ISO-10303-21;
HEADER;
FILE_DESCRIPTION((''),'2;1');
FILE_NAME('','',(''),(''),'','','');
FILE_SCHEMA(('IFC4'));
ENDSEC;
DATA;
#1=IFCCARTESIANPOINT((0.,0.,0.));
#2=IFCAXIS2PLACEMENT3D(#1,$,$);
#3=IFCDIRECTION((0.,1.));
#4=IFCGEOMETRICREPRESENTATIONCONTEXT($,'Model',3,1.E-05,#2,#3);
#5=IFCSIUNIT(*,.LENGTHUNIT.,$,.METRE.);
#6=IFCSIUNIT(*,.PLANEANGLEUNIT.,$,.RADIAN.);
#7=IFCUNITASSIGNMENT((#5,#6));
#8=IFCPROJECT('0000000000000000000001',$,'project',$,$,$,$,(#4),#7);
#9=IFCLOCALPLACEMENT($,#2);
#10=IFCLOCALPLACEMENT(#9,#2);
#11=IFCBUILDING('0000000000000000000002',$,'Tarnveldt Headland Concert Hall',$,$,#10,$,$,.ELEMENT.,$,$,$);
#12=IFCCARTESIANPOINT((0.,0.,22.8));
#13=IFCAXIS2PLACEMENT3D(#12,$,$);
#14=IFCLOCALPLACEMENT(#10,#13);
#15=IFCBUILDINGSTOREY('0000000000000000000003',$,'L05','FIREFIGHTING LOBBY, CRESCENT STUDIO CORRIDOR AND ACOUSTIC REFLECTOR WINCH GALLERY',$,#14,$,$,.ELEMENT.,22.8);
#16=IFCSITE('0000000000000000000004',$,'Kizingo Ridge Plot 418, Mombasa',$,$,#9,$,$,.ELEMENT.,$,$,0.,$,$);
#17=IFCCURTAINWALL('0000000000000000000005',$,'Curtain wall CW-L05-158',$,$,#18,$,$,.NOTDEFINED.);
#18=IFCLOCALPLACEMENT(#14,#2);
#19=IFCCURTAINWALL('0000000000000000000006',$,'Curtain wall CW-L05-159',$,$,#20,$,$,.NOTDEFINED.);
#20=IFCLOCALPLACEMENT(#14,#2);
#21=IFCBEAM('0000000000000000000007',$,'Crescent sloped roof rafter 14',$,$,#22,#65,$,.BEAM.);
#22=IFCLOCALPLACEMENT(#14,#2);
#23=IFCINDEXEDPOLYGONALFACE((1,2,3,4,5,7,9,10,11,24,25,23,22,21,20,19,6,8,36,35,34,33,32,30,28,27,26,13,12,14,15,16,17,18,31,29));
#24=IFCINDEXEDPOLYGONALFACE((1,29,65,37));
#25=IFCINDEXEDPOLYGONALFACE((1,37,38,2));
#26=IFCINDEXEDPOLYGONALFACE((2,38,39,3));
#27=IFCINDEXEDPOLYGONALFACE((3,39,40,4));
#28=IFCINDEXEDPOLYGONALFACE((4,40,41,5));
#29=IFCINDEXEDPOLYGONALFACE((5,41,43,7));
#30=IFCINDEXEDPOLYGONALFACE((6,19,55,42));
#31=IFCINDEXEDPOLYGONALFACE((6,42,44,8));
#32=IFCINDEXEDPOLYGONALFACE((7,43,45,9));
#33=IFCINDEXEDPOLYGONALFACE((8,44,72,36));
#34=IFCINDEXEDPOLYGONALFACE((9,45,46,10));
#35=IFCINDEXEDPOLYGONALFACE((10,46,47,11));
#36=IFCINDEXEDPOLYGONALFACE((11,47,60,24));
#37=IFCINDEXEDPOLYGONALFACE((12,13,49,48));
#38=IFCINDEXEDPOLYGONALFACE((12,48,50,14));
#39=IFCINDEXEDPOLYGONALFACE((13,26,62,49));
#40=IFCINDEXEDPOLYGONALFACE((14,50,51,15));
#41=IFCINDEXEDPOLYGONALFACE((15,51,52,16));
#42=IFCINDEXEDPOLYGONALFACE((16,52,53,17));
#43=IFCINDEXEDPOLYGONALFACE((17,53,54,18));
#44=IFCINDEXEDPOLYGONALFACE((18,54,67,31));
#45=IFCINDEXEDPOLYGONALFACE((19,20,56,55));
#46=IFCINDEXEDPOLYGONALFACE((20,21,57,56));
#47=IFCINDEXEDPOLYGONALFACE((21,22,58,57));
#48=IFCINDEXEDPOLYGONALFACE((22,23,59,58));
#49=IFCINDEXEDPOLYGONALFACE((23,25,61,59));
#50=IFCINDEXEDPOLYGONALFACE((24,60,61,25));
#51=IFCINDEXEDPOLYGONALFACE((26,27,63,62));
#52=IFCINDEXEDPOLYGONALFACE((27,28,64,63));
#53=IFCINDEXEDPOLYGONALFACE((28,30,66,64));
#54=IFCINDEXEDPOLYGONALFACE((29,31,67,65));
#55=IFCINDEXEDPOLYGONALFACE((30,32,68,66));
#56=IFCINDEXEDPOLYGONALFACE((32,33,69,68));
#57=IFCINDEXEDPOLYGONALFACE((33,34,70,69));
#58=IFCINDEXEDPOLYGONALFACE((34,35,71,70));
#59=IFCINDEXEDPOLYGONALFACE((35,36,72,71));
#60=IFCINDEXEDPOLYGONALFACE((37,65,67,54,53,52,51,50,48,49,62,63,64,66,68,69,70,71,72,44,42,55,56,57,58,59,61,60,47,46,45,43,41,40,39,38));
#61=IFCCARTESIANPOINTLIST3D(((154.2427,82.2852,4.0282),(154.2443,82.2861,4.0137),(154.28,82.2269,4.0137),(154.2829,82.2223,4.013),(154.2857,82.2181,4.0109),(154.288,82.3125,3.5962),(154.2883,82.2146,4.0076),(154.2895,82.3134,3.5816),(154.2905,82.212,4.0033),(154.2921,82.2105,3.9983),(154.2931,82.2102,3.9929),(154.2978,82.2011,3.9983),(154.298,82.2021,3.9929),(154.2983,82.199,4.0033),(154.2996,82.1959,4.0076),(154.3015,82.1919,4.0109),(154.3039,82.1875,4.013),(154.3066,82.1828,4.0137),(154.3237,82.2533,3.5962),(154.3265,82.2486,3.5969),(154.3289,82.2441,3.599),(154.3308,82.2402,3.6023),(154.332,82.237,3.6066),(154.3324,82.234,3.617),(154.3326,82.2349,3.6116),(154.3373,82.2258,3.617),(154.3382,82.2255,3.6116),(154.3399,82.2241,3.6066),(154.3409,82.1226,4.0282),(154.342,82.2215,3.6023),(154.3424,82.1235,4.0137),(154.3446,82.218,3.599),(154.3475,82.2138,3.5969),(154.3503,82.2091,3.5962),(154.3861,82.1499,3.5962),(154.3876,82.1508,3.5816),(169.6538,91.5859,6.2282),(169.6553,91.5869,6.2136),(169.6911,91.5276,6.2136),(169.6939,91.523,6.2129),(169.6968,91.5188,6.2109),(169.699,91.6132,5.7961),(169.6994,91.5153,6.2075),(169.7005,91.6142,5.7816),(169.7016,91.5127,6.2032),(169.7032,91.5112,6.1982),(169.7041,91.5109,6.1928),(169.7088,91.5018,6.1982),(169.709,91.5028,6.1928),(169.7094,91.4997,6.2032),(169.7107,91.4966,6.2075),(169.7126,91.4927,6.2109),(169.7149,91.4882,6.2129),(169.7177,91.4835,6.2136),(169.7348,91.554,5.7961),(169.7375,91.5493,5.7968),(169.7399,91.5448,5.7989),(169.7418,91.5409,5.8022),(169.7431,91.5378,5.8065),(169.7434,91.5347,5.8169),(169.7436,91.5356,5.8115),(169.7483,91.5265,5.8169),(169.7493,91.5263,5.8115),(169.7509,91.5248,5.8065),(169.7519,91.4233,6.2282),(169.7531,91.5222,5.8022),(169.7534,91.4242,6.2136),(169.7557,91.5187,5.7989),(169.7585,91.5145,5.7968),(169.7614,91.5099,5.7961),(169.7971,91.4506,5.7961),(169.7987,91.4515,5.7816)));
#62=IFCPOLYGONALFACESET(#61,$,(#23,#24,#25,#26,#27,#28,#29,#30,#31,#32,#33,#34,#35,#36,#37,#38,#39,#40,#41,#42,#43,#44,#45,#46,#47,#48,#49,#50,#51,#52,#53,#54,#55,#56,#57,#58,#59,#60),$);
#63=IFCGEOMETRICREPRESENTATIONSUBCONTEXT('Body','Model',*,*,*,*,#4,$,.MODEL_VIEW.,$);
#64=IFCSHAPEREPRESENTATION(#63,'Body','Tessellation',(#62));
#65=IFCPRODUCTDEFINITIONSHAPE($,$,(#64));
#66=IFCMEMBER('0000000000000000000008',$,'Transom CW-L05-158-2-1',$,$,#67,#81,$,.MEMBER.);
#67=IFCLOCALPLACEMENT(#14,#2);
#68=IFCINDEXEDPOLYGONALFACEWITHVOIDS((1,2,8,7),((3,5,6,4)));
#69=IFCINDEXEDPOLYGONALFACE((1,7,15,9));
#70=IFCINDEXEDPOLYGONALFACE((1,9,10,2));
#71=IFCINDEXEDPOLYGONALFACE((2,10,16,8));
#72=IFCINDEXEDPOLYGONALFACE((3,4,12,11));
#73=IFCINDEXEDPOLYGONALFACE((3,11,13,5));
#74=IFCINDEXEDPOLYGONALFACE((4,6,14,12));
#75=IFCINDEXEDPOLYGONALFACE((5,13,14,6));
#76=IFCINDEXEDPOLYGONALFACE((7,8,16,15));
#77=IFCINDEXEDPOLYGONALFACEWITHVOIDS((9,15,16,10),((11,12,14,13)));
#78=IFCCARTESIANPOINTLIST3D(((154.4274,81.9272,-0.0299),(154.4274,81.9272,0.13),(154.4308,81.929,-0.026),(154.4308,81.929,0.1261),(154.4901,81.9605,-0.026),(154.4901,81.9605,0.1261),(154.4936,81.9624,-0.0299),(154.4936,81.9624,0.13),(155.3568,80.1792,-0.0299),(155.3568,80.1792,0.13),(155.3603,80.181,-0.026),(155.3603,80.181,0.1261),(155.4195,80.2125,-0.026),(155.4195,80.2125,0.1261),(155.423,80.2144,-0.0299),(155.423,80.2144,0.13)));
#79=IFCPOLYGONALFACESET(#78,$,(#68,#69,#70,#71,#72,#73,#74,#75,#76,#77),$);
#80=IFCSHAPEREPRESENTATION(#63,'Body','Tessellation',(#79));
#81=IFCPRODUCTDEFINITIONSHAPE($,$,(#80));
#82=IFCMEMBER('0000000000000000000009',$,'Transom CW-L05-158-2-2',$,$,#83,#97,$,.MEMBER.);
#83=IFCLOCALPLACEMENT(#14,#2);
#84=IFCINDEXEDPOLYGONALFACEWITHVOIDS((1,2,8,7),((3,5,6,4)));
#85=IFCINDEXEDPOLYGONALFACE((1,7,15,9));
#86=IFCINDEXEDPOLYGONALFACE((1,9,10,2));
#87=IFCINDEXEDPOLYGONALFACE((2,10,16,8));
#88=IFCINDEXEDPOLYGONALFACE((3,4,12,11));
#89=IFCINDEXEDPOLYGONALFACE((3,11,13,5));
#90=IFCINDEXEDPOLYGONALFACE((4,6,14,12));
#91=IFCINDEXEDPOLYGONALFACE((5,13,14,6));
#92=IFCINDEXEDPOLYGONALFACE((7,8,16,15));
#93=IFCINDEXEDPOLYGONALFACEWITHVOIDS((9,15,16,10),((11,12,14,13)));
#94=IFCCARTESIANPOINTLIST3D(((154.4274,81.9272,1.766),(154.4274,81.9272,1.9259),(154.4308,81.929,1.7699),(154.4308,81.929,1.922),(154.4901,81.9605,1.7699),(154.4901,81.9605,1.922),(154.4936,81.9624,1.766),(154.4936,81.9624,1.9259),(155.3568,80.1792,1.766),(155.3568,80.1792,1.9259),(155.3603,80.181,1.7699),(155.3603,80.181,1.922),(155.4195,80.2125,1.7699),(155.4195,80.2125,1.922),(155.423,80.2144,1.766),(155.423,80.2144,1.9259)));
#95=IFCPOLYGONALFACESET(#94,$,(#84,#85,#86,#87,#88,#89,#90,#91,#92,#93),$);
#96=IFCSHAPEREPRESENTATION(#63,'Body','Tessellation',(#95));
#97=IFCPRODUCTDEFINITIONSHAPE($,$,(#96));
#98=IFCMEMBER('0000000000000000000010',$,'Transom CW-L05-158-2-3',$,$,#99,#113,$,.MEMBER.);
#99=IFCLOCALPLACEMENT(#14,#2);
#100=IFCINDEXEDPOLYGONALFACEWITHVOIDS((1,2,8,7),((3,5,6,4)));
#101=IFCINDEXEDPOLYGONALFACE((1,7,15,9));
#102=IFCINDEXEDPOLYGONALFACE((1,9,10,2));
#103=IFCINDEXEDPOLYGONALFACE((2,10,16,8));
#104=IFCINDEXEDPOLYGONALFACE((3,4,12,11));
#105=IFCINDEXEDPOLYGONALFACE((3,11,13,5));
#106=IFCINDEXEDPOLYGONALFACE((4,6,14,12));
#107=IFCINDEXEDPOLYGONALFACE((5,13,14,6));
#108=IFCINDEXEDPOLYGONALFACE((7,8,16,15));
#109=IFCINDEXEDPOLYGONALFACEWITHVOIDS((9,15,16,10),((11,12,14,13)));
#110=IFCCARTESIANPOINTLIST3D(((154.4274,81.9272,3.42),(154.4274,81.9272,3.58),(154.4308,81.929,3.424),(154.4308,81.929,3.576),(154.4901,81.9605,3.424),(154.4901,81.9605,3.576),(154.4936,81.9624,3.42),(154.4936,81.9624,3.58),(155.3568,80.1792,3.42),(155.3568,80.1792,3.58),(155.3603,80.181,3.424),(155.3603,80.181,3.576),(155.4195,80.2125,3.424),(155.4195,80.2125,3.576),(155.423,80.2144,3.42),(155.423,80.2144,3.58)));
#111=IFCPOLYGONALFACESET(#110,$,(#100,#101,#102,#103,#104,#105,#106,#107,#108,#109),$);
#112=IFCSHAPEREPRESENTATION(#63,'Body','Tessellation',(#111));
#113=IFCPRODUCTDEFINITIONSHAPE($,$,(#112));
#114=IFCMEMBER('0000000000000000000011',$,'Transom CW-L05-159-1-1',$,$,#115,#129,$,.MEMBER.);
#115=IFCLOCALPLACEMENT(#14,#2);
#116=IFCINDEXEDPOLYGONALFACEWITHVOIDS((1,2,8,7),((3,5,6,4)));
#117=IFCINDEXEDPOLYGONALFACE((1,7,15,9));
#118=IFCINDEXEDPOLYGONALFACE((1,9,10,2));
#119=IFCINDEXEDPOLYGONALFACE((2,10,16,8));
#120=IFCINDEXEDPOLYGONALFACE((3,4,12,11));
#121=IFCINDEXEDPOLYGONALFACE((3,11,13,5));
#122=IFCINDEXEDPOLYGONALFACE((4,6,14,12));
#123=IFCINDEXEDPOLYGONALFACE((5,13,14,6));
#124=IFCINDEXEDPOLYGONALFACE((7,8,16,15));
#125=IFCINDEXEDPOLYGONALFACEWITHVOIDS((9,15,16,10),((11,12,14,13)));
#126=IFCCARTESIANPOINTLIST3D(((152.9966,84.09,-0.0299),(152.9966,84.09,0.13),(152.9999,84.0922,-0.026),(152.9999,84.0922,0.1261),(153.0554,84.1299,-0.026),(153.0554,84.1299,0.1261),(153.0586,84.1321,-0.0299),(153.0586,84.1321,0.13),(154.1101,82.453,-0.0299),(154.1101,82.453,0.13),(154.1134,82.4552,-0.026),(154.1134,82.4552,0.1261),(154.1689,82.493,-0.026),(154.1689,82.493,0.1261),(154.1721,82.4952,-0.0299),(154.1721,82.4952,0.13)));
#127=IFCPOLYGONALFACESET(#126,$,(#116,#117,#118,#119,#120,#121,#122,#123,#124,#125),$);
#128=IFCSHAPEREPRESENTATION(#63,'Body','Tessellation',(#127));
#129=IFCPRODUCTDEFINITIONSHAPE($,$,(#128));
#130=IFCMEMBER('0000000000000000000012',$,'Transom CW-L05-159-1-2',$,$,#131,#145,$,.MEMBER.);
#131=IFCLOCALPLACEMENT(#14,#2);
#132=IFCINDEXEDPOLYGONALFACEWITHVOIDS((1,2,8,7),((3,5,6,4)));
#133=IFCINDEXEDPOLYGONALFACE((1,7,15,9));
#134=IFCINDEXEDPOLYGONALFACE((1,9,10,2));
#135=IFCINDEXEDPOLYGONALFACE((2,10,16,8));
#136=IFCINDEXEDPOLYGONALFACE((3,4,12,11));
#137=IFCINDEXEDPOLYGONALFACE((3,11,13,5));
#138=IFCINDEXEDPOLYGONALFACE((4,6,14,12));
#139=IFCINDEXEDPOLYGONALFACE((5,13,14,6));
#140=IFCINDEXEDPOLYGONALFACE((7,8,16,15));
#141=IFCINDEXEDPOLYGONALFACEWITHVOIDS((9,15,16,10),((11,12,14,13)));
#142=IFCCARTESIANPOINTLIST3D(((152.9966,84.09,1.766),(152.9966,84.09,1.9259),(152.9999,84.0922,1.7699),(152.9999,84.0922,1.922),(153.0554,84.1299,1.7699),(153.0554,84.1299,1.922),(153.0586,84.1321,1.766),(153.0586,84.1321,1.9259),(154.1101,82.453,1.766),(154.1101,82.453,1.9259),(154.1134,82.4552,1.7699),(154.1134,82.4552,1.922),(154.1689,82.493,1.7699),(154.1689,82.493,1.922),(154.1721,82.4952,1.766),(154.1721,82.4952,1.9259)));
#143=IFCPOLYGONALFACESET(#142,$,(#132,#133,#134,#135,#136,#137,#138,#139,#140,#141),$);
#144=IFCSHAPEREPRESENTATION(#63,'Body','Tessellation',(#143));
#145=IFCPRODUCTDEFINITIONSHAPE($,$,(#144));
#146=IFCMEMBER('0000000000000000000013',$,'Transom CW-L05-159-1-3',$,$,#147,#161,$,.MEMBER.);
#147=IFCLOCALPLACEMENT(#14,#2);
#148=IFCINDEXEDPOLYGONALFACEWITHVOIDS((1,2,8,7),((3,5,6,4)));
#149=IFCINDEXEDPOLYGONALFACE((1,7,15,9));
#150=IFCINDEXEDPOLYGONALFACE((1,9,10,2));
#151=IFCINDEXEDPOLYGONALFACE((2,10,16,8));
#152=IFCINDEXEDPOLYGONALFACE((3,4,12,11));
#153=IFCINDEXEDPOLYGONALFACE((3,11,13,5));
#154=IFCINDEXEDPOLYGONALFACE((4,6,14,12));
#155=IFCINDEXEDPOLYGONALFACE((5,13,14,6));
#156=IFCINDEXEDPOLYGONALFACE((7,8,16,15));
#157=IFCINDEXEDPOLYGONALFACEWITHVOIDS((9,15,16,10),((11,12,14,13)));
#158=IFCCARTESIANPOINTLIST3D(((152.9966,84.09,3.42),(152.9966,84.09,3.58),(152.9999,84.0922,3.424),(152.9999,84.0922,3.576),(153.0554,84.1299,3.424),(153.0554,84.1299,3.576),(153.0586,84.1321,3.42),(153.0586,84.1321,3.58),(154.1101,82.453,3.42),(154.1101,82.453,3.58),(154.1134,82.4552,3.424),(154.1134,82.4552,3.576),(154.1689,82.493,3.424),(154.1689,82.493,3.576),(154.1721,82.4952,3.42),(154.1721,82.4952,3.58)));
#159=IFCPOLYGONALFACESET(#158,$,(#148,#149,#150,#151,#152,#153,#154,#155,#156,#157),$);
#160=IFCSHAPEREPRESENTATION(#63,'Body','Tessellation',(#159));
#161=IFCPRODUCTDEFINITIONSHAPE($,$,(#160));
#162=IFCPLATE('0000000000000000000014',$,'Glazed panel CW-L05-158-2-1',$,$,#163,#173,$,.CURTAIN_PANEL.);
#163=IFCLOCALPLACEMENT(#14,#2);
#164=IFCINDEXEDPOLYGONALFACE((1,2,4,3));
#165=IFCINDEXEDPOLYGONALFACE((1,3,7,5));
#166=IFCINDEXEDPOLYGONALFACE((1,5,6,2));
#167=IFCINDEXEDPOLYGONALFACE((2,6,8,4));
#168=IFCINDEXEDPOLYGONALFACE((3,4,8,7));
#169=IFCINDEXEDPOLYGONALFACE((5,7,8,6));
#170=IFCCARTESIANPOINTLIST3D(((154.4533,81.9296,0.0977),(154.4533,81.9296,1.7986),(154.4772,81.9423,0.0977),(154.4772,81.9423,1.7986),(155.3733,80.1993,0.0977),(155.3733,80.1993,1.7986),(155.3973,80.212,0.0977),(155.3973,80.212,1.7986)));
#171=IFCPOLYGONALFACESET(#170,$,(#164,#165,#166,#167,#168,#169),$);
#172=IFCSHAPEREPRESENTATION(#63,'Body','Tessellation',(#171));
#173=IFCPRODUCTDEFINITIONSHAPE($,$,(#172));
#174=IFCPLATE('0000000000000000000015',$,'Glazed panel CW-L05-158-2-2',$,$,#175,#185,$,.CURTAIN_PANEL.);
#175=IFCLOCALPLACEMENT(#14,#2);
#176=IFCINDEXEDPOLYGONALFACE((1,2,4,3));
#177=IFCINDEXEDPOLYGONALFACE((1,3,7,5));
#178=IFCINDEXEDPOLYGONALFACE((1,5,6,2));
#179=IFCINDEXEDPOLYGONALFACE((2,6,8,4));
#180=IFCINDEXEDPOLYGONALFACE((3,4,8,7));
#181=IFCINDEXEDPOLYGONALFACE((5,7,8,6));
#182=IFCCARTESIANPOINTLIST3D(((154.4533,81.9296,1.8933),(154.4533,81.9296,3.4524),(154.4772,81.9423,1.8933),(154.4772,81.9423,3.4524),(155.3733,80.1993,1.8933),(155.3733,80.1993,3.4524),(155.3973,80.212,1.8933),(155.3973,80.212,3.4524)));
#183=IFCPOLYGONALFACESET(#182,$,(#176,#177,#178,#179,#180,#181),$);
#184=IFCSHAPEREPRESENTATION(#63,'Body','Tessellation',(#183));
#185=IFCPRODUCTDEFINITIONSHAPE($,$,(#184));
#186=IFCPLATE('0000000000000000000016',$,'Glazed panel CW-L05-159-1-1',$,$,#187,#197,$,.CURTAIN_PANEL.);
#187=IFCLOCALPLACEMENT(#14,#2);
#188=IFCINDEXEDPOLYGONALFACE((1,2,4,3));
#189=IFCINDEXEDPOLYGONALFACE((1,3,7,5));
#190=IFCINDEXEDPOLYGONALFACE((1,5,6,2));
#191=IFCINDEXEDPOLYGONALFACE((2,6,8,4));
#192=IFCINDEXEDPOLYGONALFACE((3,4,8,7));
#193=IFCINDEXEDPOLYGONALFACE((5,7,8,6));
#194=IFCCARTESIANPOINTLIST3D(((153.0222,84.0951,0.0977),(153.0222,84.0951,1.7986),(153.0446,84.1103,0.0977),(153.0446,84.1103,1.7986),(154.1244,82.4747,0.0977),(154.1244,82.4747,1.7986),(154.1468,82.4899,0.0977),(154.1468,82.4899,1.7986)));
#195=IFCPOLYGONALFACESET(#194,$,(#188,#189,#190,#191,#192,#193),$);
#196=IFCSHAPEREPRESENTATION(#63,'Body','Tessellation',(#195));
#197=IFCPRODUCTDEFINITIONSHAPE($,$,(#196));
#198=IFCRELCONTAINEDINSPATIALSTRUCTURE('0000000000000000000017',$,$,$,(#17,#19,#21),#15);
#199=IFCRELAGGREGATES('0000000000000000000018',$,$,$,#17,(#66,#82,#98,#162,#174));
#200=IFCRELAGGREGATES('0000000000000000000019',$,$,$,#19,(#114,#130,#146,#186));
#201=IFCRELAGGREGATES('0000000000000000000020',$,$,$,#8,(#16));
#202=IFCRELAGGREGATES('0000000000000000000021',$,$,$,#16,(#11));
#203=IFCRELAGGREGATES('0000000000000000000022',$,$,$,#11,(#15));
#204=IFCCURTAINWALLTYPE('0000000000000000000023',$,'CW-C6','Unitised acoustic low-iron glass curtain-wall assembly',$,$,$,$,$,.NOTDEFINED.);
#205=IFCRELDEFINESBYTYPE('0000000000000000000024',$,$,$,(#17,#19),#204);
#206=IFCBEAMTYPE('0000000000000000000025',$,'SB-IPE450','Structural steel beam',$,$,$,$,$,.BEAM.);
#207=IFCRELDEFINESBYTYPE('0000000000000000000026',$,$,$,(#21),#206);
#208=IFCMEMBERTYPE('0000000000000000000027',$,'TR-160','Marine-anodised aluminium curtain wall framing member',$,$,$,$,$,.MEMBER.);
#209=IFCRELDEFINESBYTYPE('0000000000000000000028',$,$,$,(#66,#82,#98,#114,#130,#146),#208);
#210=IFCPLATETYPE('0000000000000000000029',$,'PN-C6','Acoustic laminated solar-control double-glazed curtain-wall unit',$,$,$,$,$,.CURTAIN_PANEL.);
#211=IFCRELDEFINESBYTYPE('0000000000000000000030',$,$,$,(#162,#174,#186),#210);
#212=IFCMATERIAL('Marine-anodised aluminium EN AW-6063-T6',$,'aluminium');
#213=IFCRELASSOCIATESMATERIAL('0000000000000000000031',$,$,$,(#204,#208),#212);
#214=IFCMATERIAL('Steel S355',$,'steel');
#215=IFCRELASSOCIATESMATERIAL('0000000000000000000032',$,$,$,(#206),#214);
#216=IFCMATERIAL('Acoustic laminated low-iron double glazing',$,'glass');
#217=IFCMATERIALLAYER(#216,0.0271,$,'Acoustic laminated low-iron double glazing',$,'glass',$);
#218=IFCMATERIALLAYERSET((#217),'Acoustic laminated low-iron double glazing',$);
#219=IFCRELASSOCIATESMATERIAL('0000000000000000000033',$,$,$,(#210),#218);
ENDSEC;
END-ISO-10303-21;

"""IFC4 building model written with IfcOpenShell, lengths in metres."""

from ifc_helpers import new_model, si_unit, direction, frame, origin, origin_2d, place, context, subcontext, project, spatial, rectangle, hollow_rectangle, i_section, extrude, material, layer, layer_set, material_profile, profile_set, type_object, element, aggregate, save


model = new_model("IFC4")

# Units and contexts
model_context = context("Model", 3, precision=1e-05, world=origin(), true_north=direction((0.0, 1.0)))
body_context = subcontext(model_context, "Body", "Model", "MODEL_VIEW")
ifc_project = project(units=[si_unit("LENGTHUNIT", "METRE"), si_unit("PLANEANGLEUNIT", "RADIAN")], contexts=[model_context])

# Site, building, storey
site_placement = place(None, origin())
site = spatial("IfcSite", under=ifc_project, at=site_placement, Name="Kizingo Ridge Plot 418, Mombasa", CompositionType="ELEMENT", RefElevation=0.0)
building_placement = place(site_placement, origin())
building = spatial("IfcBuilding", under=site, at=building_placement, Name="Tarnveldt Headland Concert Hall", CompositionType="ELEMENT")
storey_placement = place(building_placement, frame((0.0, 0.0, 22.8)))
storey = spatial("IfcBuildingStorey", under=building, at=storey_placement, Name="L05", Description="FIREFIGHTING LOBBY, CRESCENT STUDIO CORRIDOR AND ACOUSTIC REFLECTOR WINCH GALLERY", CompositionType="ELEMENT", Elevation=22.8)

# Shared definitions
ifc_material_1 = material(Name="Steel S355", Category="steel")

# Curtain walls
ifc_material_2 = material(Name="Marine-anodised aluminium EN AW-6063-T6", Category="aluminium")
curtain_wall_type = type_object("IfcCurtainWallType", Name="CW-C6", Description="Unitised acoustic low-iron glass curtain-wall assembly", PredefinedType="NOTDEFINED", material=ifc_material_2)
curtain_wall_1_placement = place(storey_placement, origin())
curtain_wall_1 = element("IfcCurtainWall", 1, at=curtain_wall_1_placement, inside=storey, type_object=curtain_wall_type, Name="Curtain wall CW-L05-158", PredefinedType="NOTDEFINED")
curtain_wall_2_placement = place(storey_placement, origin())
curtain_wall_2 = element("IfcCurtainWall", 2, at=curtain_wall_2_placement, inside=storey, type_object=curtain_wall_type, Name="Curtain wall CW-L05-159", PredefinedType="NOTDEFINED")

# Beam
ifc_material_profile_1 = material_profile(ifc_material_1, i_section(OverallWidth=0.1899, OverallDepth=0.45, WebThickness=0.0095, FlangeThickness=0.0146, FilletRadius=0.021, at=origin_2d()), Name="IPE450", Category="steel")
ifc_profile_set_1 = profile_set([ifc_material_profile_1], Name="Steel S355")
beam_type_1 = type_object("IfcBeamType", Name="SB-IPE450", Description="Structural steel beam", PredefinedType="BEAM", material=ifc_profile_set_1)
beam_1_placement = place(storey_placement, frame((154.3152, 82.218, 3.8049), z_axis=(0.84984, 0.512888, 0.121315), x_axis=(-0.516704, 0.856164, 0.0)))
element("IfcBeam", 3, at=beam_1_placement, inside=storey, type_object=beam_type_1, Name="Crescent sloped roof rafter 14", PredefinedType="BEAM", context=body_context, shape_type="SweptSolid", body=[
    extrude(i_section(OverallWidth=0.1899, OverallDepth=0.45, WebThickness=0.0095, FlangeThickness=0.0146, FilletRadius=0.021, at=origin_2d()), origin(), (0.0, 0.0, 1.0), 18.134),
])

# Members
ifc_material_profile_2 = material_profile(ifc_material_2, hollow_rectangle(XDim=0.075, YDim=0.1599, WallThickness=0.0039, at=origin_2d()), Name="ALU TRANSOM 75x160x4", Category="aluminium")
ifc_profile_set_2 = profile_set([ifc_material_profile_2], Name="Marine-anodised aluminium EN AW-6063-T6")
member_type_1 = type_object("IfcMemberType", Name="TR-160", Description="Marine-anodised aluminium curtain wall framing member", PredefinedType="MEMBER", material=ifc_profile_set_2)
member_1_placement = place(storey_placement, frame((155.3899, 80.1968, 0.05), z_axis=(-0.469468, 0.88295, 0.0), x_axis=(-0.88295, -0.469468, 0.0)))
member_1 = element("IfcMember", 4, at=member_1_placement, type_object=member_type_1, Name="Transom CW-L05-158-2-1", PredefinedType="MEMBER", context=body_context, shape_type="SweptSolid", body=[
    extrude(hollow_rectangle(XDim=0.075, YDim=0.1599, WallThickness=0.0039, at=origin_2d()), origin(), (0.0, 0.0, 1.0), 1.9797),
])
member_2_placement = place(storey_placement, frame((155.3899, 80.1968, 1.8459), z_axis=(-0.469468, 0.88295, 0.0), x_axis=(-0.88295, -0.469468, 0.0)))
member_2 = element("IfcMember", 5, at=member_2_placement, type_object=member_type_1, Name="Transom CW-L05-158-2-2", PredefinedType="MEMBER", context=body_context, shape_type="SweptSolid", body=[
    extrude(hollow_rectangle(XDim=0.075, YDim=0.1599, WallThickness=0.0039, at=origin_2d()), origin(), (0.0, 0.0, 1.0), 1.9797),
])
member_3_placement = place(storey_placement, frame((155.3899, 80.1968, 3.5), z_axis=(-0.469468, 0.88295, 0.0), x_axis=(-0.88295, -0.469468, 0.0)))
member_3 = element("IfcMember", 6, at=member_3_placement, type_object=member_type_1, Name="Transom CW-L05-158-2-3", PredefinedType="MEMBER", context=body_context, shape_type="SweptSolid", body=[
    extrude(hollow_rectangle(XDim=0.075, YDim=0.1599, WallThickness=0.0039, at=origin_2d()), origin(), (0.0, 0.0, 1.0), 1.9797),
])
member_4_placement = place(storey_placement, frame((154.1411, 82.4741, 0.05), z_axis=(-0.562445, 0.826835, 0.0), x_axis=(-0.826835, -0.562445, 0.0)))
member_4 = element("IfcMember", 7, at=member_4_placement, type_object=member_type_1, Name="Transom CW-L05-159-1-1", PredefinedType="MEMBER", context=body_context, shape_type="SweptSolid", body=[
    extrude(hollow_rectangle(XDim=0.075, YDim=0.1599, WallThickness=0.0039, at=origin_2d()), origin(), (0.0, 0.0, 1.0), 1.9797),
])
member_5_placement = place(storey_placement, frame((154.1411, 82.4741, 1.8459), z_axis=(-0.562445, 0.826835, 0.0), x_axis=(-0.826835, -0.562445, 0.0)))
member_5 = element("IfcMember", 8, at=member_5_placement, type_object=member_type_1, Name="Transom CW-L05-159-1-2", PredefinedType="MEMBER", context=body_context, shape_type="SweptSolid", body=[
    extrude(hollow_rectangle(XDim=0.075, YDim=0.1599, WallThickness=0.0039, at=origin_2d()), origin(), (0.0, 0.0, 1.0), 1.9797),
])
member_6_placement = place(storey_placement, frame((154.1411, 82.4741, 3.5), z_axis=(-0.562445, 0.826835, 0.0), x_axis=(-0.826835, -0.562445, 0.0)))
member_6 = element("IfcMember", 9, at=member_6_placement, type_object=member_type_1, Name="Transom CW-L05-159-1-3", PredefinedType="MEMBER", context=body_context, shape_type="SweptSolid", body=[
    extrude(hollow_rectangle(XDim=0.075, YDim=0.1599, WallThickness=0.0039, at=origin_2d()), origin(), (0.0, 0.0, 1.0), 1.9797),
])

# Plates
ifc_material_3 = material(Name="Acoustic laminated low-iron double glazing", Category="glass")
ifc_layer_1 = layer(ifc_material_3, 0.0271, Name="Acoustic laminated low-iron double glazing", Category="glass")
ifc_layer_set_1 = layer_set([ifc_layer_1], Name="Acoustic laminated low-iron double glazing")
plate_type = type_object("IfcPlateType", Name="PN-C6", Description="Acoustic laminated solar-control double-glazed curtain-wall unit", PredefinedType="CURTAIN_PANEL", material=ifc_layer_set_1)
plate_1_placement = place(storey_placement, frame((154.9253, 81.0708, 0.0977), z_axis=(0.0, 0.0, 1.0), x_axis=(-0.469472, 0.882948, 0.0)))
plate_1 = element("IfcPlate", 10, at=plate_1_placement, type_object=plate_type, Name="Glazed panel CW-L05-158-2-1", PredefinedType="CURTAIN_PANEL", context=body_context, shape_type="SweptSolid", body=[
    extrude(rectangle(XDim=1.9597, YDim=0.0271, at=origin_2d()), origin(), (0.0, 0.0, 1.0), 1.7009),
])
plate_2_placement = place(storey_placement, frame((154.9253, 81.0708, 1.8933), z_axis=(0.0, 0.0, 1.0), x_axis=(-0.469472, 0.882948, 0.0)))
plate_2 = element("IfcPlate", 11, at=plate_2_placement, type_object=plate_type, Name="Glazed panel CW-L05-158-2-2", PredefinedType="CURTAIN_PANEL", context=body_context, shape_type="SweptSolid", body=[
    extrude(rectangle(XDim=1.9597, YDim=0.0271, at=origin_2d()), origin(), (0.0, 0.0, 1.0), 1.5591),
])
aggregate(curtain_wall_1, [member_1, member_2, member_3, plate_1, plate_2])
plate_3_placement = place(storey_placement, frame((153.5845, 83.2925, 0.0977), z_axis=(0.0, 0.0, 1.0), x_axis=(-0.562415, 0.826855, 0.0)))
plate_3 = element("IfcPlate", 12, at=plate_3_placement, type_object=plate_type, Name="Glazed panel CW-L05-159-1-1", PredefinedType="CURTAIN_PANEL", context=body_context, shape_type="SweptSolid", body=[
    extrude(rectangle(XDim=1.9597, YDim=0.0271, at=origin_2d()), origin(), (0.0, 0.0, 1.0), 1.7009),
])
aggregate(curtain_wall_2, [member_4, member_5, member_6, plate_3])

save(model, "model.ifc")
